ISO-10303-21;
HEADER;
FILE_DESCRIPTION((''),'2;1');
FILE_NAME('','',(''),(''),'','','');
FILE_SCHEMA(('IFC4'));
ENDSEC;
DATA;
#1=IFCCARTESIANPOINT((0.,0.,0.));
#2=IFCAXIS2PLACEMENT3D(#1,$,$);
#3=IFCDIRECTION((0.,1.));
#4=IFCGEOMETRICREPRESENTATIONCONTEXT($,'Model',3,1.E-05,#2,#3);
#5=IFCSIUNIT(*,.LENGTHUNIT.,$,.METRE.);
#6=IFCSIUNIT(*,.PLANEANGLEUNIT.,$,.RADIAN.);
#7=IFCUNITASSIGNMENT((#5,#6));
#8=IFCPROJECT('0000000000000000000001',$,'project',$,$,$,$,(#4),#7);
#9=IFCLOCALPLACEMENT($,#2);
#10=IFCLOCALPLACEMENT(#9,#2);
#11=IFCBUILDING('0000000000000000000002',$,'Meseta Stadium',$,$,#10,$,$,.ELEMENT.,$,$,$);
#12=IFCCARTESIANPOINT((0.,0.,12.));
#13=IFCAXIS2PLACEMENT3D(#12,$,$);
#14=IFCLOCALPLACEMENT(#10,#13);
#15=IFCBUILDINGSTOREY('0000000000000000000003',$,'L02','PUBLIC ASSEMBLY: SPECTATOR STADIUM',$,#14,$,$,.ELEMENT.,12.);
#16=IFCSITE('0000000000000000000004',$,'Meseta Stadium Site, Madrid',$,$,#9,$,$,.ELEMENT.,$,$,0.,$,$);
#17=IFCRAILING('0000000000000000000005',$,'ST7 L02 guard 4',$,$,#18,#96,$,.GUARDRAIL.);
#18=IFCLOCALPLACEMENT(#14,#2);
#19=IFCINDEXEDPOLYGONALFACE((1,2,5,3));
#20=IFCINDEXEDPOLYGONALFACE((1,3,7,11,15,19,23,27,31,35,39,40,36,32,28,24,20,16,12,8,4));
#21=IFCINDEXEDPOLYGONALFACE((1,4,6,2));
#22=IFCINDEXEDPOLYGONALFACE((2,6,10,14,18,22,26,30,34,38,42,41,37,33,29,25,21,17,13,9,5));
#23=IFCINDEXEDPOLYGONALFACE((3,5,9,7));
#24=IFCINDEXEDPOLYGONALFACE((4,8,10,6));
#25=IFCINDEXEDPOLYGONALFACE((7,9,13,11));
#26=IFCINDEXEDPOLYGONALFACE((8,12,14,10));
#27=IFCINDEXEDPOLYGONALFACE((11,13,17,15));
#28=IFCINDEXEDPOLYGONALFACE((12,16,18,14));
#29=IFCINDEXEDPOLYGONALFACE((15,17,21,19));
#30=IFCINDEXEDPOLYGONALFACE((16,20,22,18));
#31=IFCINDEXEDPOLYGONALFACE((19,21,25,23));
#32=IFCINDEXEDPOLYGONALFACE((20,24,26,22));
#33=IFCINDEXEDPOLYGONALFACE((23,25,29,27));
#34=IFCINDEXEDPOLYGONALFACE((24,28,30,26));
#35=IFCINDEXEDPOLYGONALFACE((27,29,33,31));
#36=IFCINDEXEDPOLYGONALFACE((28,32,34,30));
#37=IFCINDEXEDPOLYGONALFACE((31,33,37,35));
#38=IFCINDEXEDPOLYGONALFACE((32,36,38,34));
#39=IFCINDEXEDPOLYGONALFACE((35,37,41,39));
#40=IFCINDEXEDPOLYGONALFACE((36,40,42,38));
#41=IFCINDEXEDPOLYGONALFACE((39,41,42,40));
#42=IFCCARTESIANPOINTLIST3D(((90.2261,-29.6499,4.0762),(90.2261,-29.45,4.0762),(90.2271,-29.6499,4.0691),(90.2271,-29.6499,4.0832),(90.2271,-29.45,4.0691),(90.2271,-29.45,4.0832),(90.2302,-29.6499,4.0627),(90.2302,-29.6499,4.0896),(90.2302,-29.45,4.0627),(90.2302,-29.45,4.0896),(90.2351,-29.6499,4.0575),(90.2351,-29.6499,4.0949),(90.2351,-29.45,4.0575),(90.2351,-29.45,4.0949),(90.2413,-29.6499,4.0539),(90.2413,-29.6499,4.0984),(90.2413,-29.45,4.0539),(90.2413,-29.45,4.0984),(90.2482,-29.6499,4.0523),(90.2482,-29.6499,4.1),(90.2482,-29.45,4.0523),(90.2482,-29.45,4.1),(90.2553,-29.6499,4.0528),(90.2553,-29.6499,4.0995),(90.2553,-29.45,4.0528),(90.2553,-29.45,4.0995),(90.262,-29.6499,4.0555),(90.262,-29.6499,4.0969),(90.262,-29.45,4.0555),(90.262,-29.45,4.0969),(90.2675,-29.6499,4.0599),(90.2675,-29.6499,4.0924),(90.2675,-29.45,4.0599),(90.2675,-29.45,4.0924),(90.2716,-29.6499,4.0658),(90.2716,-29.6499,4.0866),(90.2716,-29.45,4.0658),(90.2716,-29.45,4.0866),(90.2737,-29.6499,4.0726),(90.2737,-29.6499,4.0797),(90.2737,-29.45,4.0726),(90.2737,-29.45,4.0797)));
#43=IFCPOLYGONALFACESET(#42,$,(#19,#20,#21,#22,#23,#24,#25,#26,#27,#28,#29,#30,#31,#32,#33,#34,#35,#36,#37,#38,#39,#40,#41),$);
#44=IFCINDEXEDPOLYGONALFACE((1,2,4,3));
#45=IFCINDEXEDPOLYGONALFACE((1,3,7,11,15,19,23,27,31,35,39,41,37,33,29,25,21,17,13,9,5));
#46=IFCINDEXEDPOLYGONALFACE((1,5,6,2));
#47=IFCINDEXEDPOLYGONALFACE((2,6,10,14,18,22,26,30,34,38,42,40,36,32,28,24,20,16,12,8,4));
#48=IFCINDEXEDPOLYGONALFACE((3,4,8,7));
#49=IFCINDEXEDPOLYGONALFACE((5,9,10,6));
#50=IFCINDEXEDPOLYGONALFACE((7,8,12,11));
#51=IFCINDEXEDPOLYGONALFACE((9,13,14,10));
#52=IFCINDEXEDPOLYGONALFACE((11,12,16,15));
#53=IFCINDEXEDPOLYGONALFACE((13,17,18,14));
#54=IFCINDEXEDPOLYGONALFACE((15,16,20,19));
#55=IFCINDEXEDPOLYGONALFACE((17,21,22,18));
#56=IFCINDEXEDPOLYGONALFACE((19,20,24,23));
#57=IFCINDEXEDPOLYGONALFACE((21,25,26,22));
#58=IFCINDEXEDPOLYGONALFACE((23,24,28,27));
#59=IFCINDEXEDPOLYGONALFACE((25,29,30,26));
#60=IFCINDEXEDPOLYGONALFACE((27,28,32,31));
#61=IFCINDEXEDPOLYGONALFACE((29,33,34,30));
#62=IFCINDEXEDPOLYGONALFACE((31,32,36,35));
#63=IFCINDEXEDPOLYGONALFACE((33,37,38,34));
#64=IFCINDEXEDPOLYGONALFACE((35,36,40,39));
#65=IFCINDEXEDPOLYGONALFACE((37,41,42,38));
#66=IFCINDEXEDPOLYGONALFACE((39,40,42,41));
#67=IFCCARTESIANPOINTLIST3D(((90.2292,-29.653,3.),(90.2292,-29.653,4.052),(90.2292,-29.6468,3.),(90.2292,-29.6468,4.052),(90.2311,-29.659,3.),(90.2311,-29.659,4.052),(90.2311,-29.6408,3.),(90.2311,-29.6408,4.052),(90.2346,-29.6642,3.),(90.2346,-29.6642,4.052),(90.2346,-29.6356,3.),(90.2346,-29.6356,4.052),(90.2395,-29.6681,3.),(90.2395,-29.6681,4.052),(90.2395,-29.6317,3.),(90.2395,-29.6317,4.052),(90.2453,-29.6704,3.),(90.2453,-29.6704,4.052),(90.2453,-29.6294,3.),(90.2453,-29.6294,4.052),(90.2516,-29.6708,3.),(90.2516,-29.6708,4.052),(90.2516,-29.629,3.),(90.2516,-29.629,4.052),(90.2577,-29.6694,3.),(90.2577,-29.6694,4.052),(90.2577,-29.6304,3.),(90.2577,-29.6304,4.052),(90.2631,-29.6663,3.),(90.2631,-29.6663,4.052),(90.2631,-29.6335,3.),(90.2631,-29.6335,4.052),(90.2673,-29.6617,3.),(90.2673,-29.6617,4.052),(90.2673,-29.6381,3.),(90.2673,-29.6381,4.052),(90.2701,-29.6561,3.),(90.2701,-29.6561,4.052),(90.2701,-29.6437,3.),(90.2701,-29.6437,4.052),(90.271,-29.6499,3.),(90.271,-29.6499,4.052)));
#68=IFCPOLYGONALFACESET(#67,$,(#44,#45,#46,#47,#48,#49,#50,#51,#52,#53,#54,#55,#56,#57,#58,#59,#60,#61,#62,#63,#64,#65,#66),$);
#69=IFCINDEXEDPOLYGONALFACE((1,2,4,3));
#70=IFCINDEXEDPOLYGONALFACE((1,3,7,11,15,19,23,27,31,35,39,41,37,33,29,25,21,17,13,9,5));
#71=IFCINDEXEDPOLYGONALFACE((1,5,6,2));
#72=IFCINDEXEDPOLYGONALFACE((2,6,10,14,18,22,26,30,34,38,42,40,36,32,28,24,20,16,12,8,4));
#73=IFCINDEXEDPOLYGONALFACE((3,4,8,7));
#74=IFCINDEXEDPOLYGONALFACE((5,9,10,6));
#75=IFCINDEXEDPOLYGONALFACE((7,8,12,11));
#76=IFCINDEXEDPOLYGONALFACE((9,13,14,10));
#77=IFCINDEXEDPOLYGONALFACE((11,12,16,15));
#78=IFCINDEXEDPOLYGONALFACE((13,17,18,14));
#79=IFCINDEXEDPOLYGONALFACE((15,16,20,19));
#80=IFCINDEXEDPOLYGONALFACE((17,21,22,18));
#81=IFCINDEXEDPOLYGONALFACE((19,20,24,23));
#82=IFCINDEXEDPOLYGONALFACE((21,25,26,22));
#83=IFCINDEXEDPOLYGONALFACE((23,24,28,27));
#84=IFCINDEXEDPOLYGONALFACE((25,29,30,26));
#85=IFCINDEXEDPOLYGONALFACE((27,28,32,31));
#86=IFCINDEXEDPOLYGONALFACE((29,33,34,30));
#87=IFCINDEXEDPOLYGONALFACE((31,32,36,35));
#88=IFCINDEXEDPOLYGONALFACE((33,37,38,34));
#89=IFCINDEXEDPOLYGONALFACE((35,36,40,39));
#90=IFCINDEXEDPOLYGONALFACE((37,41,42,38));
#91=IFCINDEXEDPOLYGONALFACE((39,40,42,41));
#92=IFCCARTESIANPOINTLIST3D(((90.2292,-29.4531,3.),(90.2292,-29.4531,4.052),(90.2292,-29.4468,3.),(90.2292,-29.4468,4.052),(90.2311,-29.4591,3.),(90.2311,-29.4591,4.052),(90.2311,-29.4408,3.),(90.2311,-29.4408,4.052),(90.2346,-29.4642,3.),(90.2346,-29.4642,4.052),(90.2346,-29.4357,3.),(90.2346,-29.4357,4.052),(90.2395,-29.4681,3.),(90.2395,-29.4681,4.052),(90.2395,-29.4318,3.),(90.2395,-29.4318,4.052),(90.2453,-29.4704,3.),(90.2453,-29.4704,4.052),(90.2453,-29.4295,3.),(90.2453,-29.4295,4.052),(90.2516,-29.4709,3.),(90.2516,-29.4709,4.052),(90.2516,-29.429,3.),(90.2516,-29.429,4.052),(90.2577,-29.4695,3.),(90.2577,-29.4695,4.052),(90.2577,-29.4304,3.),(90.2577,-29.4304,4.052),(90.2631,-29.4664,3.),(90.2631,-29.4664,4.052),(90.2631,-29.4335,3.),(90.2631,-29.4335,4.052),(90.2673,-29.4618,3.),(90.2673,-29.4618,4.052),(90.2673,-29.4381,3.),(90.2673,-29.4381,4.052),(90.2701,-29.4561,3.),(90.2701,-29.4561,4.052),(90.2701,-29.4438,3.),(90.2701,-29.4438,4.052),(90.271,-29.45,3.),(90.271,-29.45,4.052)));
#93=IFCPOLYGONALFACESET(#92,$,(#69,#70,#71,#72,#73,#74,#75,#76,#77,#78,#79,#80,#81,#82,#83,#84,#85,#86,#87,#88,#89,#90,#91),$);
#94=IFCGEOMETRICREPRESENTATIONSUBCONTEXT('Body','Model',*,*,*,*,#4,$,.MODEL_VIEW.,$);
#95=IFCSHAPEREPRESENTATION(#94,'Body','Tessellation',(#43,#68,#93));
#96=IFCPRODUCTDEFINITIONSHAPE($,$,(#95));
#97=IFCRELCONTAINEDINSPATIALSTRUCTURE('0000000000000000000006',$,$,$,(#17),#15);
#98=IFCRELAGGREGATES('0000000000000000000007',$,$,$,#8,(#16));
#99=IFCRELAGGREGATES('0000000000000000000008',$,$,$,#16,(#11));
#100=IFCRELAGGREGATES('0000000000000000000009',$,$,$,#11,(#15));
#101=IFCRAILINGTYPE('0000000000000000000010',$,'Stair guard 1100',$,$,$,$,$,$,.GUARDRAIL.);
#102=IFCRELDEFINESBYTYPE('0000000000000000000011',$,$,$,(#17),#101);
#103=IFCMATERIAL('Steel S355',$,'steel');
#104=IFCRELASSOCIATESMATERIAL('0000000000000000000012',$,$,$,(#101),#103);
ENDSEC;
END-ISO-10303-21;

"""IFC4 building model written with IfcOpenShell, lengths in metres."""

from ifc_helpers import new_model, si_unit, direction, frame, origin, origin_2d, place, context, subcontext, project, spatial, circle, extrude, material, type_object, element, save


model = new_model("IFC4")

# Units and contexts
model_context = context("Model", 3, precision=1e-05, world=origin(), true_north=direction((0.0, 1.0)))
body_context = subcontext(model_context, "Body", "Model", "MODEL_VIEW")
ifc_project = project(units=[si_unit("LENGTHUNIT", "METRE"), si_unit("PLANEANGLEUNIT", "RADIAN")], contexts=[model_context])

# Site, building, storey
site_placement = place(None, origin())
site = spatial("IfcSite", under=ifc_project, at=site_placement, Name="Meseta Stadium Site, Madrid", CompositionType="ELEMENT", RefElevation=0.0)
building_placement = place(site_placement, origin())
building = spatial("IfcBuilding", under=site, at=building_placement, Name="Meseta Stadium", CompositionType="ELEMENT")
storey_placement = place(building_placement, frame((0.0, 0.0, 12.0)))
storey = spatial("IfcBuildingStorey", under=building, at=storey_placement, Name="L02", Description="PUBLIC ASSEMBLY: SPECTATOR STADIUM", CompositionType="ELEMENT", Elevation=12.0)

# Railing
ifc_material_1 = material(Name="Steel S355", Category="steel")
railing_type_1 = type_object("IfcRailingType", Name="Stair guard 1100", PredefinedType="GUARDRAIL", material=ifc_material_1)
railing_1_placement = place(storey_placement, frame((90.25, -29.6499, 3.0)))
element("IfcRailing", 1, at=railing_1_placement, inside=storey, type_object=railing_type_1, Name="ST7 L02 guard 4", PredefinedType="GUARDRAIL", context=body_context, shape_type="SweptSolid", body=[
    extrude(circle(Radius=0.0239, at=origin_2d()), frame((0.0, 0.0, 1.0762), z_axis=(0.0, 1.0, 0.0), x_axis=(-1.0, 0.0, 0.0)), (0.0, 0.0, 1.0), 0.2),
    extrude(circle(Radius=0.021, at=origin_2d()), origin(), (0.0, 0.0, 1.0), 1.052),
    extrude(circle(Radius=0.021, at=origin_2d()), frame((0.0, 0.2, 0.0)), (0.0, 0.0, 1.0), 1.052),
])

save(model, "model.ifc")
